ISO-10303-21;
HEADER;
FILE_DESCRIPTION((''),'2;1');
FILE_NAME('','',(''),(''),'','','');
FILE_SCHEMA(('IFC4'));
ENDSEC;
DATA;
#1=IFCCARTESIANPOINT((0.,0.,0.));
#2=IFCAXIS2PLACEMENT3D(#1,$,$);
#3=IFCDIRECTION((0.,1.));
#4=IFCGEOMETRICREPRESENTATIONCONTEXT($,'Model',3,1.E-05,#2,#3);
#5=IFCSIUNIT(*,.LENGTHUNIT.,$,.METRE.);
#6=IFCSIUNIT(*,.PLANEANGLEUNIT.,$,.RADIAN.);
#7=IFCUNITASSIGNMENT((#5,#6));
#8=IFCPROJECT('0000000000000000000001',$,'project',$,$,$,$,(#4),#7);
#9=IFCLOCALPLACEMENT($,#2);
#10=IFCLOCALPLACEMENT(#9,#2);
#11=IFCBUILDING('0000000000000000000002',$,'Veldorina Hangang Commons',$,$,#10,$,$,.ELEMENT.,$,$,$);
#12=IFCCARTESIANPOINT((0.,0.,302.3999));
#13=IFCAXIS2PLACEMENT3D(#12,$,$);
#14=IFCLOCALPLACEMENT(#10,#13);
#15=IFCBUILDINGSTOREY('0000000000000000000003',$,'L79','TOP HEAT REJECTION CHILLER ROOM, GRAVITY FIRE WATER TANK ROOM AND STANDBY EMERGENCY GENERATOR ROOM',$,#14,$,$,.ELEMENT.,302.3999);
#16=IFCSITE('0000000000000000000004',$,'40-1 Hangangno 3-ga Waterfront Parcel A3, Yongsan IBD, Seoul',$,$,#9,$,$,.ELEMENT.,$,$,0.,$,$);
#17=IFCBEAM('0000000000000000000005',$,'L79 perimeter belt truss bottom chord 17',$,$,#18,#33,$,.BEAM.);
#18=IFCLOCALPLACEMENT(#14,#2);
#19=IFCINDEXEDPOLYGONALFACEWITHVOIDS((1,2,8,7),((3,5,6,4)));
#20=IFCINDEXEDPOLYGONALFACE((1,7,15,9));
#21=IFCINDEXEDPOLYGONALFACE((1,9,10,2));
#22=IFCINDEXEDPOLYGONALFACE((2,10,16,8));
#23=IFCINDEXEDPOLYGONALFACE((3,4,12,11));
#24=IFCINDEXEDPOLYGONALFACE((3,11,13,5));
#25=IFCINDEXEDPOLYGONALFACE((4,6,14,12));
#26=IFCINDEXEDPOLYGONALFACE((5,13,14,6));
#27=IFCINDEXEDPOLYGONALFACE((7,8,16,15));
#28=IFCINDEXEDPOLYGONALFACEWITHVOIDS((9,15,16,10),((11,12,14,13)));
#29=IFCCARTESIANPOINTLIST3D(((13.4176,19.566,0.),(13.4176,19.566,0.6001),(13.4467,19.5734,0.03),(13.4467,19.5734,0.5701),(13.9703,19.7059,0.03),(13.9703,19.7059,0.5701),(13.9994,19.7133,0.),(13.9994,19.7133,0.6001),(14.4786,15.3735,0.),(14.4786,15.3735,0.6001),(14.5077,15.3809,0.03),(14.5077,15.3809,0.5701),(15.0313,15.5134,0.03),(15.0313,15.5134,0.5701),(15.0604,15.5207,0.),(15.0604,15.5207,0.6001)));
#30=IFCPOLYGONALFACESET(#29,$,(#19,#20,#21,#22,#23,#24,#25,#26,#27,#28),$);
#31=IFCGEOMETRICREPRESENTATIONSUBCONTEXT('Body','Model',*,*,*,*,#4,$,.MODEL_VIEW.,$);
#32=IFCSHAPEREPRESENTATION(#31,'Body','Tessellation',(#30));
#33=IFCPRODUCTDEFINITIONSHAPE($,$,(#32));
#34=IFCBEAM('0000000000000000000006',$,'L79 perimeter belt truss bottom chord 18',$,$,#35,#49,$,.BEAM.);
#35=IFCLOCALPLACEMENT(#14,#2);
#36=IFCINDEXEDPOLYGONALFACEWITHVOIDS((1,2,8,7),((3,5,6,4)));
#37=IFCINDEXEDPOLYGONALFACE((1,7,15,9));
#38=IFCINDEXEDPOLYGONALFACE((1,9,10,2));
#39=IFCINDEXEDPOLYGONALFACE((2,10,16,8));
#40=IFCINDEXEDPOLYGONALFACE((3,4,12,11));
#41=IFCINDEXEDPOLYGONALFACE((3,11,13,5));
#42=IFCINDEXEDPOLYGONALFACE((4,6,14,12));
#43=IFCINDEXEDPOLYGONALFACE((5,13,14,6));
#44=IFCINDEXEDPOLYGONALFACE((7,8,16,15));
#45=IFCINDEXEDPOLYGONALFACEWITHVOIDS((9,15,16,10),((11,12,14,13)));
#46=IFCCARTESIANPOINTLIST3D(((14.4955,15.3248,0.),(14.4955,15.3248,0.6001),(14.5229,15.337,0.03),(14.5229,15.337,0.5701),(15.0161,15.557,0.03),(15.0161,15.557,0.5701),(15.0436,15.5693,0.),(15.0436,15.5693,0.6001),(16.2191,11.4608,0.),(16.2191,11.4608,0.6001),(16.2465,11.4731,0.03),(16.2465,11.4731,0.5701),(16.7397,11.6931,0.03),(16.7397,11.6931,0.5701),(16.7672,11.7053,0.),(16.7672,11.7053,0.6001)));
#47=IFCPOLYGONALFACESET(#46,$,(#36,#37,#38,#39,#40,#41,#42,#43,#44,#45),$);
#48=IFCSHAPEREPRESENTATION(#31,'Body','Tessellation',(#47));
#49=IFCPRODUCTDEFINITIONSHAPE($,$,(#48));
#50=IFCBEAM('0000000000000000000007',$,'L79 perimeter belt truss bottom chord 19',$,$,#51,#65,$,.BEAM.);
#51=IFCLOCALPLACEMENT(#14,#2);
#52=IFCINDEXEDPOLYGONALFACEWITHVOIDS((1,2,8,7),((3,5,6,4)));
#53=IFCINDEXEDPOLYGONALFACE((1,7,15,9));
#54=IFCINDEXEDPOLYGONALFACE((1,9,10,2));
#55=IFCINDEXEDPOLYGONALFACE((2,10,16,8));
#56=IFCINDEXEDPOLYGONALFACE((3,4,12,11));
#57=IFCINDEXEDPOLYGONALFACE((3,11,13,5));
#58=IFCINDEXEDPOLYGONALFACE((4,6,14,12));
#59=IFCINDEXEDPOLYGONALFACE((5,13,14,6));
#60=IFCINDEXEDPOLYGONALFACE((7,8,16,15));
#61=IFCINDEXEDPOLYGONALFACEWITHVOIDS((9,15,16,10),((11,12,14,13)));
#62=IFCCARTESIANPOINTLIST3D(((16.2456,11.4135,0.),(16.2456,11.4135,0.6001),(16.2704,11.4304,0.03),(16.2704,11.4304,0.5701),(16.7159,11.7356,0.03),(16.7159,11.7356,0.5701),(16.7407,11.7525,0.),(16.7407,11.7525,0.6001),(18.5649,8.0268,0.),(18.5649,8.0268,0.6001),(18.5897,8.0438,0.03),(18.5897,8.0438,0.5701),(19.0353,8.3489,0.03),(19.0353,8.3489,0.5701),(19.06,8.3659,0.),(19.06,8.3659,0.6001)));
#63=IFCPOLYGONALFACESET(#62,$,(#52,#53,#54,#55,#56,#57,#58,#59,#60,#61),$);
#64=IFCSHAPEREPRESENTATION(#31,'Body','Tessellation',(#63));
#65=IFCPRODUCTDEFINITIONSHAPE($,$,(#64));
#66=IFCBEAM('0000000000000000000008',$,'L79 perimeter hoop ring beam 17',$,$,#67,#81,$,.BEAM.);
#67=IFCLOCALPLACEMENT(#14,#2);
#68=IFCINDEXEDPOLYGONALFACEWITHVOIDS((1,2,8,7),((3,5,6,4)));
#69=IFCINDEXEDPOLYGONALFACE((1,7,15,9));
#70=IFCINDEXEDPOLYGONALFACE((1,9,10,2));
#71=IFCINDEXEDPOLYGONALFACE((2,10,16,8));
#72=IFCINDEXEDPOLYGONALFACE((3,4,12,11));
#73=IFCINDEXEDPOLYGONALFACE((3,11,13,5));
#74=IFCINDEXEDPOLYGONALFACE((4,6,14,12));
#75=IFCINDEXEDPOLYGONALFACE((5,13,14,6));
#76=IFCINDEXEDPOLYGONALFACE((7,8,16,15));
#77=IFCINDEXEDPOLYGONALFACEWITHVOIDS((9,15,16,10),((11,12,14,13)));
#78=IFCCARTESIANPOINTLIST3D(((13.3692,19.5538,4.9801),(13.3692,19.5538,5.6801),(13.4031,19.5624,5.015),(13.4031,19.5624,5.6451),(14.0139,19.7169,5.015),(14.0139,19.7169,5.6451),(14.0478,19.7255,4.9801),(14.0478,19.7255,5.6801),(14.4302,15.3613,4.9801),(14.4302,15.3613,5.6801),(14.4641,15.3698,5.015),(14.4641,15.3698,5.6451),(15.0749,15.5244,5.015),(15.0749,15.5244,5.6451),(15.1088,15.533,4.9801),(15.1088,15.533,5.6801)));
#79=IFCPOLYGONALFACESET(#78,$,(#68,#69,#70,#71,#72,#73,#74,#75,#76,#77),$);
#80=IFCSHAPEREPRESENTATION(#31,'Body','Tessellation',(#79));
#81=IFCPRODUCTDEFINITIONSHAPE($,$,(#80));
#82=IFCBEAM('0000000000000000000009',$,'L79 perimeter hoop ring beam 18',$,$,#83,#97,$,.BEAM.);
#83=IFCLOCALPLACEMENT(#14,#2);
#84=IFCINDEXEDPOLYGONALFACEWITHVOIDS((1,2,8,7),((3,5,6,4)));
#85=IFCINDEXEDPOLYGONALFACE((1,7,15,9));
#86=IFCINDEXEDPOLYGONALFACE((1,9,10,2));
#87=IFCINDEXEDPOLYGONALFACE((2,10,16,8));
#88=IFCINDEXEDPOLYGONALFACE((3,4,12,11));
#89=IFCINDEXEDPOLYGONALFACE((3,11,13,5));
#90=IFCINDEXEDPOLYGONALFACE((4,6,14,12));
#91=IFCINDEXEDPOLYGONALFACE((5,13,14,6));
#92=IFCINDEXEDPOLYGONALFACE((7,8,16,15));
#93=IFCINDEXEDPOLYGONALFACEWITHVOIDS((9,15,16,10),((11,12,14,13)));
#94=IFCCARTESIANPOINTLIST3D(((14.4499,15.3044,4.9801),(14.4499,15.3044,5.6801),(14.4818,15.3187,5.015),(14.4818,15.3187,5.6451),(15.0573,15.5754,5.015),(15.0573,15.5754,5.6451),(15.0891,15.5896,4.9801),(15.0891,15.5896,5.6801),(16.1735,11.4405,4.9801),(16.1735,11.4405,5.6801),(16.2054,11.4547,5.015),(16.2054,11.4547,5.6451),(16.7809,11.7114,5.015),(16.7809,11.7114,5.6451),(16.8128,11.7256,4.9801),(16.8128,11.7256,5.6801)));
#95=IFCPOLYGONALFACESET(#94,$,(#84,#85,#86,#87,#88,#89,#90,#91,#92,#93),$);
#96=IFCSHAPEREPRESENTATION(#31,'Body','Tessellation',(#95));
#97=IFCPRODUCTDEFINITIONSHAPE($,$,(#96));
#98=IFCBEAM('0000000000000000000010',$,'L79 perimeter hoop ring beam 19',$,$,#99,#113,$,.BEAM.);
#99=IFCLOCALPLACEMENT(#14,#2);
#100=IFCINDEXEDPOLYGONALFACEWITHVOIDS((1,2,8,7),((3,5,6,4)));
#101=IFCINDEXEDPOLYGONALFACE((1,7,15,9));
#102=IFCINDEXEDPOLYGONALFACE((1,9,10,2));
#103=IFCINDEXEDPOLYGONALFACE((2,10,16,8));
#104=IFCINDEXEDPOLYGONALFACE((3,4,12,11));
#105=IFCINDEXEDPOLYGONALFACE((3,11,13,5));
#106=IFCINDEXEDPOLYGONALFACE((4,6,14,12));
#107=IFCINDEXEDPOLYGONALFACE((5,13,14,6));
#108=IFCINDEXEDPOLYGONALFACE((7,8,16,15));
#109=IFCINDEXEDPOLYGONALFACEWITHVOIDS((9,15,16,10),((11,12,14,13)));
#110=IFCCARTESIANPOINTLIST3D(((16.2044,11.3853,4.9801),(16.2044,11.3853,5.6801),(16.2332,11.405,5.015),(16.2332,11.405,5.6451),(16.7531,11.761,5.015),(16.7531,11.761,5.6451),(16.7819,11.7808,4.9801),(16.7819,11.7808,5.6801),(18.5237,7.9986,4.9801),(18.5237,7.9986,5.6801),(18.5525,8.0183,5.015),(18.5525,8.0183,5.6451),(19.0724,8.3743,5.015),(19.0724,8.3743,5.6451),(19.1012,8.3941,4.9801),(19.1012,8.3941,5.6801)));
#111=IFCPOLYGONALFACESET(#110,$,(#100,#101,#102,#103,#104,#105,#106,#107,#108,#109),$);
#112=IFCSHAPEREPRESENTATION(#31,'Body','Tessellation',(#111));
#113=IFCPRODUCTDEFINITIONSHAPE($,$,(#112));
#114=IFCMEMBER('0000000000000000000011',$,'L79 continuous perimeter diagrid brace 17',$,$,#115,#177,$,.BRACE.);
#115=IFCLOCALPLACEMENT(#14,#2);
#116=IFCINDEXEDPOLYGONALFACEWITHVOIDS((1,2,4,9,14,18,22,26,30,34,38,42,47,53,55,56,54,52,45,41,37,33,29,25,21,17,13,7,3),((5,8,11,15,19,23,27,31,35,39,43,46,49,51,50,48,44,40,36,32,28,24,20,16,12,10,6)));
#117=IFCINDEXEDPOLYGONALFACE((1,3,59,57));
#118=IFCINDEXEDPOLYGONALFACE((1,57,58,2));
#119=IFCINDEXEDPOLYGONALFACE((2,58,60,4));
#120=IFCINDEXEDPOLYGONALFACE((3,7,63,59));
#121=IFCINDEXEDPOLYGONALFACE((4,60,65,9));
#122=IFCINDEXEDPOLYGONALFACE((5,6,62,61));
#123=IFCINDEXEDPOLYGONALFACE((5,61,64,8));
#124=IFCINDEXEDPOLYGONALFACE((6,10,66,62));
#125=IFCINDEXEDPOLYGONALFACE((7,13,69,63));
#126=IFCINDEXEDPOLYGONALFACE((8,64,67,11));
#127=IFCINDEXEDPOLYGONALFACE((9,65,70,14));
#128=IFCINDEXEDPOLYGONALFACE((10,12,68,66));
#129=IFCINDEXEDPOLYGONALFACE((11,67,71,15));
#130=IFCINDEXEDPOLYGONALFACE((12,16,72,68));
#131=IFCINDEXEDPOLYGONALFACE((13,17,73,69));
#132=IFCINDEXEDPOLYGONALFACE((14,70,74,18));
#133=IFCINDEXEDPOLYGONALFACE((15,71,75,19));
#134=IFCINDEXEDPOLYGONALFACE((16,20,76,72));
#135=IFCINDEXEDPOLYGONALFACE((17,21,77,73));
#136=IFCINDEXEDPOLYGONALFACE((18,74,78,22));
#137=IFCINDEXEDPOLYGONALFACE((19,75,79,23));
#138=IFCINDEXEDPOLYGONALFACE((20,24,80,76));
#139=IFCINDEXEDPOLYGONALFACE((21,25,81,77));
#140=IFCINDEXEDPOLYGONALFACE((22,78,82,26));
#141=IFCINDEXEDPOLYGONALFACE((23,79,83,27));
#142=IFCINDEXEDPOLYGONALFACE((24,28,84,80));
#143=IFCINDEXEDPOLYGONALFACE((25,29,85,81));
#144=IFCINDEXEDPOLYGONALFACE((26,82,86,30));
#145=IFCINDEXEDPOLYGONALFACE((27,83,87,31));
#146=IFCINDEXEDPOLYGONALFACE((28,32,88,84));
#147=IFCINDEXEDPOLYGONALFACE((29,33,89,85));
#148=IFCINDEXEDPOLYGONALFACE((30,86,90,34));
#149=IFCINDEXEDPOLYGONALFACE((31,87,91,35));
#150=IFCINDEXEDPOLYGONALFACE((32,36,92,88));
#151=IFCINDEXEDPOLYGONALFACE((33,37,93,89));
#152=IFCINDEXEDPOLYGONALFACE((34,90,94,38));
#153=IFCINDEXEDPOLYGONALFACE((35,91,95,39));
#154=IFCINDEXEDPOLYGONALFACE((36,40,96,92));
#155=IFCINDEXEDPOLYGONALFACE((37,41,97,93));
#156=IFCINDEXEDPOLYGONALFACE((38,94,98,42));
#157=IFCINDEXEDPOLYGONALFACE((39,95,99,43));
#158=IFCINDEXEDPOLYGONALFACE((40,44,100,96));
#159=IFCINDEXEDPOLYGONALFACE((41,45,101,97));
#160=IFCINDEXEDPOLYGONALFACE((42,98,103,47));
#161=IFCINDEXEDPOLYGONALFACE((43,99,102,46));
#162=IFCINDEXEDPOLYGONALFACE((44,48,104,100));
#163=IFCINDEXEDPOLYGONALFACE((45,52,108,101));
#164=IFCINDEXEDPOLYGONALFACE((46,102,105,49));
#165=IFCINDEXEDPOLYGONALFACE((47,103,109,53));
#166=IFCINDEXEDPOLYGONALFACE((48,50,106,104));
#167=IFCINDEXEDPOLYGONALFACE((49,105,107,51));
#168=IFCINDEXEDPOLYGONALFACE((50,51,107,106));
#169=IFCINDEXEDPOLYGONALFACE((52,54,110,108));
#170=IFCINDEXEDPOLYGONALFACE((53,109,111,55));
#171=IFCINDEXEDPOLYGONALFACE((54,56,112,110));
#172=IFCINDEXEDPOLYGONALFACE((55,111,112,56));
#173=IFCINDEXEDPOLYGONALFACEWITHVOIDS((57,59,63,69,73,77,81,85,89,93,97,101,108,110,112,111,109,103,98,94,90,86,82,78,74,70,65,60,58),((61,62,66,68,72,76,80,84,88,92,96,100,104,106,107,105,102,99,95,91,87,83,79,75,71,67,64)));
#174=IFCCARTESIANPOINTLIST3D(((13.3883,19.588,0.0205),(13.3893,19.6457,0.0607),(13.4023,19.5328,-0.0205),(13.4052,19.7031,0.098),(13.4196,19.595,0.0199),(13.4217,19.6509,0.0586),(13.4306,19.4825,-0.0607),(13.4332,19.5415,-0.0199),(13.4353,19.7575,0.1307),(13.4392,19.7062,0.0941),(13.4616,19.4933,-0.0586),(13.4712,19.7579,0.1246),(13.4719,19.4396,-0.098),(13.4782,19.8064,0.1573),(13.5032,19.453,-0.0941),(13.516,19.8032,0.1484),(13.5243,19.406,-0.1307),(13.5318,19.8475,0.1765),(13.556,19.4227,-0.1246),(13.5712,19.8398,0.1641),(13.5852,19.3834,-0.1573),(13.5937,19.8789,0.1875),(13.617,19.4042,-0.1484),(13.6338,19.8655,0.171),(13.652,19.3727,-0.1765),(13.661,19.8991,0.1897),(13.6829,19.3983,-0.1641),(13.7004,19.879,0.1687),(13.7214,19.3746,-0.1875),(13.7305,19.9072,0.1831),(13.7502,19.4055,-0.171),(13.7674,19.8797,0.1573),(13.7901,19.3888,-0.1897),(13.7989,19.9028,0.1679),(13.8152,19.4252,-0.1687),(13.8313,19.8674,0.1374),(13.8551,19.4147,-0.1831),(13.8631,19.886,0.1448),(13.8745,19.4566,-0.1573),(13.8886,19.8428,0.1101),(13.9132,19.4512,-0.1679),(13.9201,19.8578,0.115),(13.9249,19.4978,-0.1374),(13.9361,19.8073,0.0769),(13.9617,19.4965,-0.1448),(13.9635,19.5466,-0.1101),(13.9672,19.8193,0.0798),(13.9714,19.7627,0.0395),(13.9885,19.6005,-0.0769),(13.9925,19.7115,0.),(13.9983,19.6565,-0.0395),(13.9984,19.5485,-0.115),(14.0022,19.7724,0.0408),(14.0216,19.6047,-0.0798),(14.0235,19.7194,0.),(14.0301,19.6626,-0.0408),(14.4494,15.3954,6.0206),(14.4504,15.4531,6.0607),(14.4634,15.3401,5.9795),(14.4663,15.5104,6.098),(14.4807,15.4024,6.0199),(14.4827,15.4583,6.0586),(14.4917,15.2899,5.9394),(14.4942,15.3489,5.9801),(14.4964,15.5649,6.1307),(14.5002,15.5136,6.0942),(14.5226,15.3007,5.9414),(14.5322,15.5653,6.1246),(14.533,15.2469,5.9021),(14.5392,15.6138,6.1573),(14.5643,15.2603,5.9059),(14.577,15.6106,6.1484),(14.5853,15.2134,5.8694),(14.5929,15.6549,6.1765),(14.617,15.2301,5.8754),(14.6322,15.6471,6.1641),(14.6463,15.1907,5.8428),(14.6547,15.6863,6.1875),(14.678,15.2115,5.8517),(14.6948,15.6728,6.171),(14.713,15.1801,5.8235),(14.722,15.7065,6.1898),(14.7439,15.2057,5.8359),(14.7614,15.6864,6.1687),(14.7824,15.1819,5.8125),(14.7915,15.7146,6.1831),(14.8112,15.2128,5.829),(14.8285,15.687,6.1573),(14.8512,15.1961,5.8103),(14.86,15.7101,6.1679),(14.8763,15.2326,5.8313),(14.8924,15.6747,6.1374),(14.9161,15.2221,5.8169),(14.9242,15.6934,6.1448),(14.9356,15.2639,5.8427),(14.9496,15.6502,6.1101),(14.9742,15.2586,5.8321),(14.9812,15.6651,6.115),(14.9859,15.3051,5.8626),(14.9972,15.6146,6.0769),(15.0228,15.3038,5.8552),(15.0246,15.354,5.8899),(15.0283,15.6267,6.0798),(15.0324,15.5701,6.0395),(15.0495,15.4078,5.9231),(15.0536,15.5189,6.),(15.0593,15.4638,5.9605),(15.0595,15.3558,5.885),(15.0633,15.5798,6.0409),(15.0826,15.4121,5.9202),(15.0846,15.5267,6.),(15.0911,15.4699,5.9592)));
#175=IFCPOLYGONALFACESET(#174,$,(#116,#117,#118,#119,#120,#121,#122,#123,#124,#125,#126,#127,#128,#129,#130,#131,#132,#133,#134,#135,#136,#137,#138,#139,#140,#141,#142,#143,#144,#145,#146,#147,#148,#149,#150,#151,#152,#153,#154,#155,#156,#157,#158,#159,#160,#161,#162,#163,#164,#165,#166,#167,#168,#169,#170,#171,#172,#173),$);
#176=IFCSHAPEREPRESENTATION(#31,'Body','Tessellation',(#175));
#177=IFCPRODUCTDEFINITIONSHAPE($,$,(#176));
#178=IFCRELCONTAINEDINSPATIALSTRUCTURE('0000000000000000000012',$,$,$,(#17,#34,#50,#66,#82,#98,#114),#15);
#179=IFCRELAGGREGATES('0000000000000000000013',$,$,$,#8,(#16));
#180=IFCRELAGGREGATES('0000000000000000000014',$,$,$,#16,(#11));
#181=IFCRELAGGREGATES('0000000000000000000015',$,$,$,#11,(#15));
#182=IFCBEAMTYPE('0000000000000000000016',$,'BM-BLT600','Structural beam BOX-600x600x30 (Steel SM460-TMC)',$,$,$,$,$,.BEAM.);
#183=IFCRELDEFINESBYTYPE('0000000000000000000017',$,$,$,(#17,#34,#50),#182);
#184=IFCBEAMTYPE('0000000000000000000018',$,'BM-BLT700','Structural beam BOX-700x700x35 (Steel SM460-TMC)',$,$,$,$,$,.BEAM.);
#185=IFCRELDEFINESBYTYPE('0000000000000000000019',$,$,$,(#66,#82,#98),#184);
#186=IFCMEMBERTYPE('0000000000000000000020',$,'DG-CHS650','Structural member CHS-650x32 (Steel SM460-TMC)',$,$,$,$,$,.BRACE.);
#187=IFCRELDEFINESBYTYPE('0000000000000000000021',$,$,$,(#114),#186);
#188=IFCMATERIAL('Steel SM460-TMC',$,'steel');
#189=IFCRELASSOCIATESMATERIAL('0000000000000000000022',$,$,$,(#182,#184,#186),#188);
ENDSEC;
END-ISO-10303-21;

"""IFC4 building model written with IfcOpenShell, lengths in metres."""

from ifc_helpers import new_model, si_unit, direction, frame, origin, origin_2d, place, context, subcontext, project, spatial, hollow_rectangle, hollow_circle, extrude, material, material_profile, profile_set, type_object, element, save


model = new_model("IFC4")

# Units and contexts
model_context = context("Model", 3, precision=1e-05, world=origin(), true_north=direction((0.0, 1.0)))
body_context = subcontext(model_context, "Body", "Model", "MODEL_VIEW")
ifc_project = project(units=[si_unit("LENGTHUNIT", "METRE"), si_unit("PLANEANGLEUNIT", "RADIAN")], contexts=[model_context])

# Site, building, storey
site_placement = place(None, origin())
site = spatial("IfcSite", under=ifc_project, at=site_placement, Name="40-1 Hangangno 3-ga Waterfront Parcel A3, Yongsan IBD, Seoul", CompositionType="ELEMENT", RefElevation=0.0)
building_placement = place(site_placement, origin())
building = spatial("IfcBuilding", under=site, at=building_placement, Name="Veldorina Hangang Commons", CompositionType="ELEMENT")
storey_placement = place(building_placement, frame((0.0, 0.0, 302.3999)))
storey = spatial("IfcBuildingStorey", under=building, at=storey_placement, Name="L79", Description="TOP HEAT REJECTION CHILLER ROOM, GRAVITY FIRE WATER TANK ROOM AND STANDBY EMERGENCY GENERATOR ROOM", CompositionType="ELEMENT", Elevation=302.3999)

# Beams
ifc_material_1 = material(Name="Steel SM460-TMC", Category="steel")
ifc_material_profile_1 = material_profile(ifc_material_1, hollow_rectangle(XDim=0.6001, YDim=0.6001, WallThickness=0.03, at=origin_2d()), Name="BOX-600x600x30")
ifc_profile_set_1 = profile_set([ifc_material_profile_1], Name="Steel SM460-TMC")
beam_type_1 = type_object("IfcBeamType", Name="BM-BLT600", Description="Structural beam BOX-600x600x30 (Steel SM460-TMC)", PredefinedType="BEAM", material=ifc_profile_set_1)
beam_1_placement = place(storey_placement, frame((13.7085, 19.6396, 0.3), z_axis=(0.245337, -0.969438, 0.0), x_axis=(0.969438, 0.245337, 0.0)))
element("IfcBeam", 1, at=beam_1_placement, inside=storey, type_object=beam_type_1, Name="L79 perimeter belt truss bottom chord 17", PredefinedType="BEAM", context=body_context, shape_type="SweptSolid", body=[
    extrude(hollow_rectangle(XDim=0.6001, YDim=0.6001, WallThickness=0.03, at=origin_2d()), origin(), (0.0, 0.0, 1.0), 4.3247),
])
beam_2_placement = place(storey_placement, frame((14.7695, 15.447, 0.3), z_axis=(0.40738, -0.913259, 0.0), x_axis=(0.913259, 0.40738, 0.0)))
element("IfcBeam", 2, at=beam_2_placement, inside=storey, type_object=beam_type_1, Name="L79 perimeter belt truss bottom chord 18", PredefinedType="BEAM", context=body_context, shape_type="SweptSolid", body=[
    extrude(hollow_rectangle(XDim=0.6001, YDim=0.6001, WallThickness=0.03, at=origin_2d()), origin(), (0.0, 0.0, 1.0), 4.231),
])
beam_3_placement = place(storey_placement, frame((16.4932, 11.583, 0.3), z_axis=(0.565034, -0.825068, 0.0), x_axis=(0.825068, 0.565034, 0.0)))
element("IfcBeam", 3, at=beam_3_placement, inside=storey, type_object=beam_type_1, Name="L79 perimeter belt truss bottom chord 19", PredefinedType="BEAM", context=body_context, shape_type="SweptSolid", body=[
    extrude(hollow_rectangle(XDim=0.6001, YDim=0.6001, WallThickness=0.03, at=origin_2d()), origin(), (0.0, 0.0, 1.0), 4.1047),
])
ifc_material_profile_2 = material_profile(ifc_material_1, hollow_rectangle(XDim=0.7, YDim=0.7, WallThickness=0.0349, at=origin_2d()), Name="BOX-700x700x35")
ifc_profile_set_2 = profile_set([ifc_material_profile_2], Name="Steel SM460-TMC")
beam_type_2 = type_object("IfcBeamType", Name="BM-BLT700", Description="Structural beam BOX-700x700x35 (Steel SM460-TMC)", PredefinedType="BEAM", material=ifc_profile_set_2)
beam_4_placement = place(storey_placement, frame((13.7085, 19.6396, 5.3301), z_axis=(0.245337, -0.969438, 0.0), x_axis=(0.969438, 0.245337, 0.0)))
element("IfcBeam", 4, at=beam_4_placement, inside=storey, type_object=beam_type_2, Name="L79 perimeter hoop ring beam 17", PredefinedType="BEAM", context=body_context, shape_type="SweptSolid", body=[
    extrude(hollow_rectangle(XDim=0.7, YDim=0.7, WallThickness=0.0349, at=origin_2d()), origin(), (0.0, 0.0, 1.0), 4.3247),
])
beam_5_placement = place(storey_placement, frame((14.7695, 15.447, 5.3301), z_axis=(0.40738, -0.913259, 0.0), x_axis=(0.913259, 0.40738, 0.0)))
element("IfcBeam", 5, at=beam_5_placement, inside=storey, type_object=beam_type_2, Name="L79 perimeter hoop ring beam 18", PredefinedType="BEAM", context=body_context, shape_type="SweptSolid", body=[
    extrude(hollow_rectangle(XDim=0.7, YDim=0.7, WallThickness=0.0349, at=origin_2d()), origin(), (0.0, 0.0, 1.0), 4.231),
])
beam_6_placement = place(storey_placement, frame((16.4932, 11.583, 5.3301), z_axis=(0.565034, -0.825068, 0.0), x_axis=(0.825068, 0.565034, 0.0)))
element("IfcBeam", 6, at=beam_6_placement, inside=storey, type_object=beam_type_2, Name="L79 perimeter hoop ring beam 19", PredefinedType="BEAM", context=body_context, shape_type="SweptSolid", body=[
    extrude(hollow_rectangle(XDim=0.7, YDim=0.7, WallThickness=0.0349, at=origin_2d()), origin(), (0.0, 0.0, 1.0), 4.1047),
])

# Member
ifc_material_profile_3 = material_profile(ifc_material_1, hollow_circle(Radius=0.325, WallThickness=0.032, at=origin_2d()), Name="CHS-650x32")
ifc_profile_set_3 = profile_set([ifc_material_profile_3], Name="Steel SM460-TMC")
member_type_1 = type_object("IfcMemberType", Name="DG-CHS650", Description="Structural member CHS-650x32 (Steel SM460-TMC)", PredefinedType="BRACE", material=ifc_profile_set_3)
member_1_placement = place(storey_placement, frame((13.7085, 19.6396, 0.0), z_axis=(0.143457, -0.566862, 0.811226), x_axis=(0.969438, 0.245337, 0.0)))
element("IfcMember", 7, at=member_1_placement, inside=storey, type_object=member_type_1, Name="L79 continuous perimeter diagrid brace 17", PredefinedType="BRACE", context=body_context, shape_type="SweptSolid", body=[
    extrude(hollow_circle(Radius=0.325, WallThickness=0.032, at=origin_2d()), origin(), (0.0, 0.0, 1.0), 7.3962),
])

save(model, "model.ifc")
